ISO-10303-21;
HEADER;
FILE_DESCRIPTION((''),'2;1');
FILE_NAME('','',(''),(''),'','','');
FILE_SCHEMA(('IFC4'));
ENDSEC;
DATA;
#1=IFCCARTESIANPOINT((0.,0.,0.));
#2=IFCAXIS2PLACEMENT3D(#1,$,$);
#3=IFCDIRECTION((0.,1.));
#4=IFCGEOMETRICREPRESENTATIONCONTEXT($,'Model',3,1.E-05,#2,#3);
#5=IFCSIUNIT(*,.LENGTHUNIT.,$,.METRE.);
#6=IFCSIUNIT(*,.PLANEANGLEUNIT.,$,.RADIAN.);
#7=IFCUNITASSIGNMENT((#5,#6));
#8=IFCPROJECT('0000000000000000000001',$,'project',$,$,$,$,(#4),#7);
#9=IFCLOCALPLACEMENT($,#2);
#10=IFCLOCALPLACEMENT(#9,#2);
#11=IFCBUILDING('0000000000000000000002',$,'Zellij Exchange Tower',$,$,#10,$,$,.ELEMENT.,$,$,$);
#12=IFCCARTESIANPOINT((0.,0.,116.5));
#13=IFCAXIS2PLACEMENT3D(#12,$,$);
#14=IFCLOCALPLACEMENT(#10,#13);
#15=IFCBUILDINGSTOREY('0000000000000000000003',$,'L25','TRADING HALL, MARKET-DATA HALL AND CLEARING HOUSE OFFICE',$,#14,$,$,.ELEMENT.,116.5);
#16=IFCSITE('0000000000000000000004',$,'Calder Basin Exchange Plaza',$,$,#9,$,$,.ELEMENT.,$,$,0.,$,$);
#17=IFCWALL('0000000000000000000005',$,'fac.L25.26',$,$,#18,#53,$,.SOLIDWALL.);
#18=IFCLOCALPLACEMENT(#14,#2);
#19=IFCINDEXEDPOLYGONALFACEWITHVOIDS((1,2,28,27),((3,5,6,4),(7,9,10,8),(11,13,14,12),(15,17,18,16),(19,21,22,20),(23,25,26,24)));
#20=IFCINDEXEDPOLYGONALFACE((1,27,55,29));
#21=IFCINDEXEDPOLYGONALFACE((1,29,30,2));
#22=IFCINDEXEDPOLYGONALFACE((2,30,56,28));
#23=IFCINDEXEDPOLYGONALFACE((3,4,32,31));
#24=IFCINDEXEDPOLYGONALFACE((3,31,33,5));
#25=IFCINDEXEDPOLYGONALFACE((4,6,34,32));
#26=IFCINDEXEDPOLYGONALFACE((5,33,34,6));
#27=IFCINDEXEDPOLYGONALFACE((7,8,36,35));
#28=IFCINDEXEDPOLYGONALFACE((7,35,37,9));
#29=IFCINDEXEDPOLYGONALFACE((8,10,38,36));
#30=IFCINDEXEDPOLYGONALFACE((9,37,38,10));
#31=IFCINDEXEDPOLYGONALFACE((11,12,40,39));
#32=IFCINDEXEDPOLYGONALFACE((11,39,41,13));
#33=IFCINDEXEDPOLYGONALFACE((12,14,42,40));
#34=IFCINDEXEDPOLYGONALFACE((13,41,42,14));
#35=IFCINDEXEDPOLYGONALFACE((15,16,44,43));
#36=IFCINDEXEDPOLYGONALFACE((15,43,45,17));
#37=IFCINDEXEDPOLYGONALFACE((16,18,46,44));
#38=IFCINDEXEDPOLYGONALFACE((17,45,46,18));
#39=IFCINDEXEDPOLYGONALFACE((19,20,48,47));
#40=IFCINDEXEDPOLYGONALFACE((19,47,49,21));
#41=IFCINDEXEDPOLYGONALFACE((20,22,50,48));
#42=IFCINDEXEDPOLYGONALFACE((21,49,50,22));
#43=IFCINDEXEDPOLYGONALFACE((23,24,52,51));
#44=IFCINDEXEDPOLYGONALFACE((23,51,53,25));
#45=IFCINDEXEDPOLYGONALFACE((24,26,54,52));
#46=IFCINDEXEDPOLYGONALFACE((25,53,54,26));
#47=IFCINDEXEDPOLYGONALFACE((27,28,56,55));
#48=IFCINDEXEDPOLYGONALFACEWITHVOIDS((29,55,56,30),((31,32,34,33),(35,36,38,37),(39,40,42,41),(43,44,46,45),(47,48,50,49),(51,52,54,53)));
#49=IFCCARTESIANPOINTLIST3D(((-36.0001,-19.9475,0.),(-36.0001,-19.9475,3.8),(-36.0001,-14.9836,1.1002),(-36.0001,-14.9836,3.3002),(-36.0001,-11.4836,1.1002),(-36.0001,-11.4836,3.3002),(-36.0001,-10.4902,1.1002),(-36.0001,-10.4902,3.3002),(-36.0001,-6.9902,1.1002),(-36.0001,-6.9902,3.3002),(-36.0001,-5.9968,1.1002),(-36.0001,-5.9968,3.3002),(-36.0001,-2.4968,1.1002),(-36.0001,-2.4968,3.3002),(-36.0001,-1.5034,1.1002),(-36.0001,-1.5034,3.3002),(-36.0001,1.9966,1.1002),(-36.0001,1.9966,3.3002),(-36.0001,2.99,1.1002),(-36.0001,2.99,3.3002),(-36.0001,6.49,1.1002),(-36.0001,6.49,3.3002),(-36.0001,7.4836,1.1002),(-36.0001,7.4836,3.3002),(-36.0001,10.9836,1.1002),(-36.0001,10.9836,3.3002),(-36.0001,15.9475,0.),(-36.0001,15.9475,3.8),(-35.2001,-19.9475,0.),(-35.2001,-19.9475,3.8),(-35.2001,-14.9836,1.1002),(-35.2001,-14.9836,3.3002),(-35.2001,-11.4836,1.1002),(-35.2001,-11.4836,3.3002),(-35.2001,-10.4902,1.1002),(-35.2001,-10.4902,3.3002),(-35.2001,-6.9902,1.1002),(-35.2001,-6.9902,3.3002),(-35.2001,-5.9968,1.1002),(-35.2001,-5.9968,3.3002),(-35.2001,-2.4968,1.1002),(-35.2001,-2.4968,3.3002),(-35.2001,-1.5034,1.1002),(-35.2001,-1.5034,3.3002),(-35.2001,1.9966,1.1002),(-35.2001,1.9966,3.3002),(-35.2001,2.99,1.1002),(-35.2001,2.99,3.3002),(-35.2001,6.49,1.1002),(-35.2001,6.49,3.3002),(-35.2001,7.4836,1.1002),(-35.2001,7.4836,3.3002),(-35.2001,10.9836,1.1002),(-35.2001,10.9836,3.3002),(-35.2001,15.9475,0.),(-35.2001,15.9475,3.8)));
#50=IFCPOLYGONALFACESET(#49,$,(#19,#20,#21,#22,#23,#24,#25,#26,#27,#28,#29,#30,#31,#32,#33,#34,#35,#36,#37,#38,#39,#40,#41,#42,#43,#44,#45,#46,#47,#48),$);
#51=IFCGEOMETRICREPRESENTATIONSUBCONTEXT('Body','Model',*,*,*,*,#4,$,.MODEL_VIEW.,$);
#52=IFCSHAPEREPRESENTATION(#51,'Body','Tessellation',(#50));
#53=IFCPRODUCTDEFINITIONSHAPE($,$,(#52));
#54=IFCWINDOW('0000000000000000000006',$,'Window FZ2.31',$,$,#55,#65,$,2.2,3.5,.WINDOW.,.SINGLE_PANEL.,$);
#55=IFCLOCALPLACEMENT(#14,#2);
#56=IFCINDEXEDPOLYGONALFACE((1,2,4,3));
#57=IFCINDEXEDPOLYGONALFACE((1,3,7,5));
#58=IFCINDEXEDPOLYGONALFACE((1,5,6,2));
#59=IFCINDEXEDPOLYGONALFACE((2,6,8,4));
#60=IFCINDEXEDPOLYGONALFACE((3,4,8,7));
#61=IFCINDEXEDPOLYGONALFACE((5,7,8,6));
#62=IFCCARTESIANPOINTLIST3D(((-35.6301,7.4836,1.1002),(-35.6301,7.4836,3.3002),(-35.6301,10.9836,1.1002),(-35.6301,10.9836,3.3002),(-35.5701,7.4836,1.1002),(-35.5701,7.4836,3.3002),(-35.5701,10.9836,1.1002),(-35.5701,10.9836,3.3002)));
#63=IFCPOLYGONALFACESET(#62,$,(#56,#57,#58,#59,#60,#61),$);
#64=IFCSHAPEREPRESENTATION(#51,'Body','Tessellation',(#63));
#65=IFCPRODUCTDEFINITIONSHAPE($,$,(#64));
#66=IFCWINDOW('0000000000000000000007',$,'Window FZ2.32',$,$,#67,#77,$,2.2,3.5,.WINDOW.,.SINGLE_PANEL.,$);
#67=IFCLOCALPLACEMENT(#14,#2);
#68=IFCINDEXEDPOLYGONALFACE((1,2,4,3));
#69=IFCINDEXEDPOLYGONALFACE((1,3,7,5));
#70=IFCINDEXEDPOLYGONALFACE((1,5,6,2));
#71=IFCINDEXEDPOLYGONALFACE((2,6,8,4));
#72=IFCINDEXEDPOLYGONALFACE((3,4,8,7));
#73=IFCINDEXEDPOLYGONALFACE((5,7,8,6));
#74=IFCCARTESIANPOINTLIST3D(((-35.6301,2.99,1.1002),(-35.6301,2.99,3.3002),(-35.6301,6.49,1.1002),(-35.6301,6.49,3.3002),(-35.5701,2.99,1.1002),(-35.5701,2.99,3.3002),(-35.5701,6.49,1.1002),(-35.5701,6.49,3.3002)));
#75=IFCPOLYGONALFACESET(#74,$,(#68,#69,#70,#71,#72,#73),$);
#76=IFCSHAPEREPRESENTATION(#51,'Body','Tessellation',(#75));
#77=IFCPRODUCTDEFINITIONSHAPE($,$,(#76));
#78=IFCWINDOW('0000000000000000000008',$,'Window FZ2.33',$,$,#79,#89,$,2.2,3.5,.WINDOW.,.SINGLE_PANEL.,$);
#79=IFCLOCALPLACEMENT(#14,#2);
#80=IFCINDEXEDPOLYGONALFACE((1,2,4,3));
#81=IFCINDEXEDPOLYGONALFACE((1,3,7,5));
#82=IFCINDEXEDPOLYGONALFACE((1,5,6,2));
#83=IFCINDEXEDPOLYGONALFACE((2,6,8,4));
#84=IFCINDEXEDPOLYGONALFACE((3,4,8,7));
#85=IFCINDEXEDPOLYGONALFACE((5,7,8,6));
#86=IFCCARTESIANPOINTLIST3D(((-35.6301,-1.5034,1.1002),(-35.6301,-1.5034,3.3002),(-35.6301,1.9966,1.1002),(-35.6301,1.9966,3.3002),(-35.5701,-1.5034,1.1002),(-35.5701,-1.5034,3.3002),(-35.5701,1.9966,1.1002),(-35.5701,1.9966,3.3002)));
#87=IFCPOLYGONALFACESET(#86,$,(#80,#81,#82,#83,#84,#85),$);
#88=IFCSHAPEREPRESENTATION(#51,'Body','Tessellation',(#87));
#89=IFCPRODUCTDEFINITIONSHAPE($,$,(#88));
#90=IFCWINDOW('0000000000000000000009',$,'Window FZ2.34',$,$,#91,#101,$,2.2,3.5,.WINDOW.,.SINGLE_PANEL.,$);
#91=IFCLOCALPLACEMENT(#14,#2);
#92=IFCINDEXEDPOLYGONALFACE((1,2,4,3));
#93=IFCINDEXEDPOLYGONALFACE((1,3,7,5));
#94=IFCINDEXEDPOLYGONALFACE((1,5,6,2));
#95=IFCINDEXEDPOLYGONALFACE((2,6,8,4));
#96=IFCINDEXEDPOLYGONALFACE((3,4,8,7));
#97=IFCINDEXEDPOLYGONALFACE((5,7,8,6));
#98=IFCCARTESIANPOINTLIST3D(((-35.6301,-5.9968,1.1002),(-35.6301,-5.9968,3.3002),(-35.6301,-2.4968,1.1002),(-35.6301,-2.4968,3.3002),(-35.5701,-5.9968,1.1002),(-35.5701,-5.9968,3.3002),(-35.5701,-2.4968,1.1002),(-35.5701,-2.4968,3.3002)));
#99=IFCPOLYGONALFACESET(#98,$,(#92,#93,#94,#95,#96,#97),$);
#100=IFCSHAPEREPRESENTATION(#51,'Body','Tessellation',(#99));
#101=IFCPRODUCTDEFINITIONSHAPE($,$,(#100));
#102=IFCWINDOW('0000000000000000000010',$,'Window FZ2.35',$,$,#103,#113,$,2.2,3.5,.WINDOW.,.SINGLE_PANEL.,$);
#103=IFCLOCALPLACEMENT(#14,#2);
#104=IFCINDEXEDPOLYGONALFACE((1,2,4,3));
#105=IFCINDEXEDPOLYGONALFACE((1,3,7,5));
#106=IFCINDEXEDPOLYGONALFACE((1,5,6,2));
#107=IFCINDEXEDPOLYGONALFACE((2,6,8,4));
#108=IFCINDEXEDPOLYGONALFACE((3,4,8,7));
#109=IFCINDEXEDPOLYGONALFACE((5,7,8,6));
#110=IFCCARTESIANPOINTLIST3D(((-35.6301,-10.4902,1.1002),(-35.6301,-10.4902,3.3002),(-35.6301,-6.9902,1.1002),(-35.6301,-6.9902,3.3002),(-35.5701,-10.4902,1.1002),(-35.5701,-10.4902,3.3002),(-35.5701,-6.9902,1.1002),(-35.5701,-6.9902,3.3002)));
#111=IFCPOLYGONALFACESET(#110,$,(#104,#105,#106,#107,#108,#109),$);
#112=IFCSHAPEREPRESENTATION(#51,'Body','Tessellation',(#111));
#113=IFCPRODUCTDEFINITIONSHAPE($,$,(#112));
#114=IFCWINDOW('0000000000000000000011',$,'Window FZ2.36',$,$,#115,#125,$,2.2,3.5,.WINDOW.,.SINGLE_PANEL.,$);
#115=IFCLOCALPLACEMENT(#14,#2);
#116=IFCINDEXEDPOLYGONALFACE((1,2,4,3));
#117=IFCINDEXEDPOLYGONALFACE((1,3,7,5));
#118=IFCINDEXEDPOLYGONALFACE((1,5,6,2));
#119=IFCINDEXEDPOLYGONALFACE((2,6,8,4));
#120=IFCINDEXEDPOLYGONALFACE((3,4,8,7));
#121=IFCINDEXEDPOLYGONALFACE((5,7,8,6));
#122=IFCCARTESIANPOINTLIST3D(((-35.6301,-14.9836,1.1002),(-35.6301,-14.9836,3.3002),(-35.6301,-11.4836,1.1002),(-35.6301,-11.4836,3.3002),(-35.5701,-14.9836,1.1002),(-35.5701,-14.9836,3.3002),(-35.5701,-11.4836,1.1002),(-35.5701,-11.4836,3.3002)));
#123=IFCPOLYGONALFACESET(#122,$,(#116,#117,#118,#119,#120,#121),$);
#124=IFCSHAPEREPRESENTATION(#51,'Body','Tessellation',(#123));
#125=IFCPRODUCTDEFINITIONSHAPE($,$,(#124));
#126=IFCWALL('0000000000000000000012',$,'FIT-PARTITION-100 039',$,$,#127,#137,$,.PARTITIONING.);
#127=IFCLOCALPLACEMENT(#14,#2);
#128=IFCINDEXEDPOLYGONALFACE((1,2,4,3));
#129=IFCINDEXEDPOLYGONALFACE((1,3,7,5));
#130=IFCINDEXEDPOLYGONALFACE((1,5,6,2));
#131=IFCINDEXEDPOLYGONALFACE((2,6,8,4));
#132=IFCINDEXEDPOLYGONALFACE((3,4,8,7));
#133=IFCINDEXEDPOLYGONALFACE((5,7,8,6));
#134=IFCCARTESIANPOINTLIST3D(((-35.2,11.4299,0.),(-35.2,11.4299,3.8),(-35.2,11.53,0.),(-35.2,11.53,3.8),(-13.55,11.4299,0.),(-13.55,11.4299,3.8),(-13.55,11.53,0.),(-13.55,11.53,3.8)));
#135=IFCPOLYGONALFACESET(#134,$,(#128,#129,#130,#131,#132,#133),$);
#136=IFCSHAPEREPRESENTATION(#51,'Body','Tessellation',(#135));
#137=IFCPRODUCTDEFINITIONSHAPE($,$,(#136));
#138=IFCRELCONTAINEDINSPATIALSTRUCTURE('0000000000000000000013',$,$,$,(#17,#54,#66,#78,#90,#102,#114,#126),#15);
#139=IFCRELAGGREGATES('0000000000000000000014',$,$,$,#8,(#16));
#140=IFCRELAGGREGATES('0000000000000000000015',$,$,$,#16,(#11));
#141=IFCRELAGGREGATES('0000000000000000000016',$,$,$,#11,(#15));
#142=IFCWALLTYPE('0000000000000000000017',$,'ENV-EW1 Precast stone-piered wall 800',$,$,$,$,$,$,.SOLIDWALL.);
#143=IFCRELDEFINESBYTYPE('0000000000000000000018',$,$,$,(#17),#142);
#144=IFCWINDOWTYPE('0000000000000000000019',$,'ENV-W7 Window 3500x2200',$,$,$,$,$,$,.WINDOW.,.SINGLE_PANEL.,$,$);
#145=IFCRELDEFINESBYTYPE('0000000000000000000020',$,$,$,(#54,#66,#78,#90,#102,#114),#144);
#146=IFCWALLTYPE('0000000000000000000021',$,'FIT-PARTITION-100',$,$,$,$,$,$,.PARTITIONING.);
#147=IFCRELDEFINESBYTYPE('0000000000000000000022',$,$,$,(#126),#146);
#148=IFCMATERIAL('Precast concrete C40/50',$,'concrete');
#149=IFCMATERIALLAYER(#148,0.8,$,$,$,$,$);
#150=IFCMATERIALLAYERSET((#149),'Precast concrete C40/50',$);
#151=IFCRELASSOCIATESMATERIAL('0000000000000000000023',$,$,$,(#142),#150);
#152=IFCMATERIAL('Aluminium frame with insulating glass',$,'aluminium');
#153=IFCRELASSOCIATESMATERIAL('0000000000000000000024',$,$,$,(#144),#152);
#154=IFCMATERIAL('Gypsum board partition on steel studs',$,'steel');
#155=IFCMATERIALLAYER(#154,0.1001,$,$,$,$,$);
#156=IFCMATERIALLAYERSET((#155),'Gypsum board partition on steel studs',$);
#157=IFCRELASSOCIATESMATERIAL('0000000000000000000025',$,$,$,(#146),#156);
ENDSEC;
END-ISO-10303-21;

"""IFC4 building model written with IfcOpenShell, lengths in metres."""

from ifc_helpers import new_model, si_unit, direction, frame, frame_2d, origin, place, context, subcontext, project, spatial, rectangle, extrude, material, layer, layer_set, type_object, element, fill, save


model = new_model("IFC4")

# Units and contexts
model_context = context("Model", 3, precision=1e-05, world=origin(), true_north=direction((0.0, 1.0)))
body_context = subcontext(model_context, "Body", "Model", "MODEL_VIEW")
ifc_project = project(units=[si_unit("LENGTHUNIT", "METRE"), si_unit("PLANEANGLEUNIT", "RADIAN")], contexts=[model_context])

# Site, building, storey
site_placement = place(None, origin())
site = spatial("IfcSite", under=ifc_project, at=site_placement, Name="Calder Basin Exchange Plaza", CompositionType="ELEMENT", RefElevation=0.0)
building_placement = place(site_placement, origin())
building = spatial("IfcBuilding", under=site, at=building_placement, Name="Zellij Exchange Tower", CompositionType="ELEMENT")
storey_placement = place(building_placement, frame((0.0, 0.0, 116.5)))
storey = spatial("IfcBuildingStorey", under=building, at=storey_placement, Name="L25", Description="TRADING HALL, MARKET-DATA HALL AND CLEARING HOUSE OFFICE", CompositionType="ELEMENT", Elevation=116.5)

# Shared definitions
ifc_material_1 = material(Name="Precast concrete C40/50", Category="concrete")
ifc_layer_1 = layer(ifc_material_1, 0.8)
ifc_layer_set_1 = layer_set([ifc_layer_1], Name="Precast concrete C40/50")
wall_type_1 = type_object("IfcWallType", Name="ENV-EW1 Precast stone-piered wall 800", PredefinedType="SOLIDWALL", material=ifc_layer_set_1)

# Wall, openings, windows
wall_1_placement = place(storey_placement, frame((-35.6001, 15.9475, 0.0), z_axis=(0.0, 0.0, 1.0), x_axis=(0.0, -1.0, 0.0)))
wall_1 = element("IfcWall", 1, at=wall_1_placement, inside=storey, type_object=wall_type_1, Name="fac.L25.26", PredefinedType="SOLIDWALL", context=body_context, shape_type="SweptSolid", body=[
    extrude(rectangle(XDim=35.895, YDim=0.8, at=frame_2d((17.9475, 0.0))), origin(), (0.0, 0.0, 1.0), 3.8),
])
opening_1_placement = place(wall_1_placement, frame((4.9639, 0.0, 1.1001)))
opening_1 = element("IfcOpeningElement", 2, at=opening_1_placement, cuts=wall_1, PredefinedType="OPENING", context=body_context, shape_type="SweptSolid", body=[
    extrude(rectangle(XDim=3.5, YDim=2.2, at=frame_2d((1.75, 1.1001))), frame((0.0, 0.4121, 0.0), z_axis=(0.0, -1.0, 0.0), x_axis=(1.0, 0.0, 0.0)), (0.0, 0.0, 1.0), 0.824),
])
opening_2_placement = place(wall_1_placement, frame((9.4575, 0.0, 1.1001)))
opening_2 = element("IfcOpeningElement", 3, at=opening_2_placement, cuts=wall_1, PredefinedType="OPENING", context=body_context, shape_type="SweptSolid", body=[
    extrude(rectangle(XDim=3.5, YDim=2.2, at=frame_2d((1.75, 1.1001))), frame((0.0, 0.4121, 0.0), z_axis=(0.0, -1.0, 0.0), x_axis=(1.0, 0.0, 0.0)), (0.0, 0.0, 1.0), 0.824),
])
opening_3_placement = place(wall_1_placement, frame((13.9509, 0.0, 1.1001)))
opening_3 = element("IfcOpeningElement", 4, at=opening_3_placement, cuts=wall_1, PredefinedType="OPENING", context=body_context, shape_type="SweptSolid", body=[
    extrude(rectangle(XDim=3.5, YDim=2.2, at=frame_2d((1.75, 1.1001))), frame((0.0, 0.4121, 0.0), z_axis=(0.0, -1.0, 0.0), x_axis=(1.0, 0.0, 0.0)), (0.0, 0.0, 1.0), 0.824),
])
opening_4_placement = place(wall_1_placement, frame((18.4443, 0.0, 1.1001)))
opening_4 = element("IfcOpeningElement", 5, at=opening_4_placement, cuts=wall_1, PredefinedType="OPENING", context=body_context, shape_type="SweptSolid", body=[
    extrude(rectangle(XDim=3.5, YDim=2.2, at=frame_2d((1.75, 1.1001))), frame((0.0, 0.4121, 0.0), z_axis=(0.0, -1.0, 0.0), x_axis=(1.0, 0.0, 0.0)), (0.0, 0.0, 1.0), 0.824),
])
opening_5_placement = place(wall_1_placement, frame((22.9377, 0.0, 1.1001)))
opening_5 = element("IfcOpeningElement", 6, at=opening_5_placement, cuts=wall_1, PredefinedType="OPENING", context=body_context, shape_type="SweptSolid", body=[
    extrude(rectangle(XDim=3.5, YDim=2.2, at=frame_2d((1.75, 1.1001))), frame((0.0, 0.4121, 0.0), z_axis=(0.0, -1.0, 0.0), x_axis=(1.0, 0.0, 0.0)), (0.0, 0.0, 1.0), 0.824),
])
opening_6_placement = place(wall_1_placement, frame((27.4312, 0.0, 1.1001)))
opening_6 = element("IfcOpeningElement", 7, at=opening_6_placement, cuts=wall_1, PredefinedType="OPENING", context=body_context, shape_type="SweptSolid", body=[
    extrude(rectangle(XDim=3.5, YDim=2.2, at=frame_2d((1.75, 1.1001))), frame((0.0, 0.4121, 0.0), z_axis=(0.0, -1.0, 0.0), x_axis=(1.0, 0.0, 0.0)), (0.0, 0.0, 1.0), 0.824),
])
ifc_material_2 = material(Name="Aluminium frame with insulating glass", Category="aluminium")
window_type = type_object("IfcWindowType", Name="ENV-W7 Window 3500x2200", PartitioningType="SINGLE_PANEL", PredefinedType="WINDOW", material=ifc_material_2)
window_1_placement = place(opening_1_placement, origin())
window_1 = element("IfcWindow", 8, at=window_1_placement, inside=storey, type_object=window_type, Name="Window FZ2.31", OverallHeight=2.2, OverallWidth=3.5, PartitioningType="SINGLE_PANEL", PredefinedType="WINDOW", context=body_context, shape_type="SweptSolid", body=[
    extrude(rectangle(XDim=3.5, YDim=2.2, at=frame_2d((1.75, 1.1001))), frame((0.0, 0.03, 0.0), z_axis=(0.0, -1.0, 0.0), x_axis=(1.0, 0.0, 0.0)), (0.0, 0.0, 1.0), 0.0601),
])
fill(opening_1, window_1)
window_2_placement = place(opening_2_placement, origin())
window_2 = element("IfcWindow", 9, at=window_2_placement, inside=storey, type_object=window_type, Name="Window FZ2.32", OverallHeight=2.2, OverallWidth=3.5, PartitioningType="SINGLE_PANEL", PredefinedType="WINDOW", context=body_context, shape_type="SweptSolid", body=[
    extrude(rectangle(XDim=3.5, YDim=2.2, at=frame_2d((1.75, 1.1001))), frame((0.0, 0.03, 0.0), z_axis=(0.0, -1.0, 0.0), x_axis=(1.0, 0.0, 0.0)), (0.0, 0.0, 1.0), 0.0601),
])
fill(opening_2, window_2)
window_3_placement = place(opening_3_placement, origin())
window_3 = element("IfcWindow", 10, at=window_3_placement, inside=storey, type_object=window_type, Name="Window FZ2.33", OverallHeight=2.2, OverallWidth=3.5, PartitioningType="SINGLE_PANEL", PredefinedType="WINDOW", context=body_context, shape_type="SweptSolid", body=[
    extrude(rectangle(XDim=3.5, YDim=2.2, at=frame_2d((1.75, 1.1001))), frame((0.0, 0.03, 0.0), z_axis=(0.0, -1.0, 0.0), x_axis=(1.0, 0.0, 0.0)), (0.0, 0.0, 1.0), 0.0601),
])
fill(opening_3, window_3)
window_4_placement = place(opening_4_placement, origin())
window_4 = element("IfcWindow", 11, at=window_4_placement, inside=storey, type_object=window_type, Name="Window FZ2.34", OverallHeight=2.2, OverallWidth=3.5, PartitioningType="SINGLE_PANEL", PredefinedType="WINDOW", context=body_context, shape_type="SweptSolid", body=[
    extrude(rectangle(XDim=3.5, YDim=2.2, at=frame_2d((1.75, 1.1001))), frame((0.0, 0.03, 0.0), z_axis=(0.0, -1.0, 0.0), x_axis=(1.0, 0.0, 0.0)), (0.0, 0.0, 1.0), 0.0601),
])
fill(opening_4, window_4)
window_5_placement = place(opening_5_placement, origin())
window_5 = element("IfcWindow", 12, at=window_5_placement, inside=storey, type_object=window_type, Name="Window FZ2.35", OverallHeight=2.2, OverallWidth=3.5, PartitioningType="SINGLE_PANEL", PredefinedType="WINDOW", context=body_context, shape_type="SweptSolid", body=[
    extrude(rectangle(XDim=3.5, YDim=2.2, at=frame_2d((1.75, 1.1001))), frame((0.0, 0.03, 0.0), z_axis=(0.0, -1.0, 0.0), x_axis=(1.0, 0.0, 0.0)), (0.0, 0.0, 1.0), 0.0601),
])
fill(opening_5, window_5)
window_6_placement = place(opening_6_placement, origin())
window_6 = element("IfcWindow", 13, at=window_6_placement, inside=storey, type_object=window_type, Name="Window FZ2.36", OverallHeight=2.2, OverallWidth=3.5, PartitioningType="SINGLE_PANEL", PredefinedType="WINDOW", context=body_context, shape_type="SweptSolid", body=[
    extrude(rectangle(XDim=3.5, YDim=2.2, at=frame_2d((1.75, 1.1001))), frame((0.0, 0.03, 0.0), z_axis=(0.0, -1.0, 0.0), x_axis=(1.0, 0.0, 0.0)), (0.0, 0.0, 1.0), 0.0601),
])
fill(opening_6, window_6)

# Wall
ifc_material_3 = material(Name="Gypsum board partition on steel studs", Category="steel")
ifc_layer_2 = layer(ifc_material_3, 0.1001)
ifc_layer_set_2 = layer_set([ifc_layer_2], Name="Gypsum board partition on steel studs")
wall_type_2 = type_object("IfcWallType", Name="FIT-PARTITION-100", PredefinedType="PARTITIONING", material=ifc_layer_set_2)
wall_2_placement = place(storey_placement, frame((-35.2, 11.48, 0.0), z_axis=(0.0, 0.0, 1.0), x_axis=(1.0, 0.0, 0.0)))
element("IfcWall", 14, at=wall_2_placement, inside=storey, type_object=wall_type_2, Name="FIT-PARTITION-100 039", PredefinedType="PARTITIONING", context=body_context, shape_type="SweptSolid", body=[
    extrude(rectangle(XDim=21.6499, YDim=0.1001, at=frame_2d((10.825, 0.0))), origin(), (0.0, 0.0, 1.0), 3.8),
])

save(model, "model.ifc")
